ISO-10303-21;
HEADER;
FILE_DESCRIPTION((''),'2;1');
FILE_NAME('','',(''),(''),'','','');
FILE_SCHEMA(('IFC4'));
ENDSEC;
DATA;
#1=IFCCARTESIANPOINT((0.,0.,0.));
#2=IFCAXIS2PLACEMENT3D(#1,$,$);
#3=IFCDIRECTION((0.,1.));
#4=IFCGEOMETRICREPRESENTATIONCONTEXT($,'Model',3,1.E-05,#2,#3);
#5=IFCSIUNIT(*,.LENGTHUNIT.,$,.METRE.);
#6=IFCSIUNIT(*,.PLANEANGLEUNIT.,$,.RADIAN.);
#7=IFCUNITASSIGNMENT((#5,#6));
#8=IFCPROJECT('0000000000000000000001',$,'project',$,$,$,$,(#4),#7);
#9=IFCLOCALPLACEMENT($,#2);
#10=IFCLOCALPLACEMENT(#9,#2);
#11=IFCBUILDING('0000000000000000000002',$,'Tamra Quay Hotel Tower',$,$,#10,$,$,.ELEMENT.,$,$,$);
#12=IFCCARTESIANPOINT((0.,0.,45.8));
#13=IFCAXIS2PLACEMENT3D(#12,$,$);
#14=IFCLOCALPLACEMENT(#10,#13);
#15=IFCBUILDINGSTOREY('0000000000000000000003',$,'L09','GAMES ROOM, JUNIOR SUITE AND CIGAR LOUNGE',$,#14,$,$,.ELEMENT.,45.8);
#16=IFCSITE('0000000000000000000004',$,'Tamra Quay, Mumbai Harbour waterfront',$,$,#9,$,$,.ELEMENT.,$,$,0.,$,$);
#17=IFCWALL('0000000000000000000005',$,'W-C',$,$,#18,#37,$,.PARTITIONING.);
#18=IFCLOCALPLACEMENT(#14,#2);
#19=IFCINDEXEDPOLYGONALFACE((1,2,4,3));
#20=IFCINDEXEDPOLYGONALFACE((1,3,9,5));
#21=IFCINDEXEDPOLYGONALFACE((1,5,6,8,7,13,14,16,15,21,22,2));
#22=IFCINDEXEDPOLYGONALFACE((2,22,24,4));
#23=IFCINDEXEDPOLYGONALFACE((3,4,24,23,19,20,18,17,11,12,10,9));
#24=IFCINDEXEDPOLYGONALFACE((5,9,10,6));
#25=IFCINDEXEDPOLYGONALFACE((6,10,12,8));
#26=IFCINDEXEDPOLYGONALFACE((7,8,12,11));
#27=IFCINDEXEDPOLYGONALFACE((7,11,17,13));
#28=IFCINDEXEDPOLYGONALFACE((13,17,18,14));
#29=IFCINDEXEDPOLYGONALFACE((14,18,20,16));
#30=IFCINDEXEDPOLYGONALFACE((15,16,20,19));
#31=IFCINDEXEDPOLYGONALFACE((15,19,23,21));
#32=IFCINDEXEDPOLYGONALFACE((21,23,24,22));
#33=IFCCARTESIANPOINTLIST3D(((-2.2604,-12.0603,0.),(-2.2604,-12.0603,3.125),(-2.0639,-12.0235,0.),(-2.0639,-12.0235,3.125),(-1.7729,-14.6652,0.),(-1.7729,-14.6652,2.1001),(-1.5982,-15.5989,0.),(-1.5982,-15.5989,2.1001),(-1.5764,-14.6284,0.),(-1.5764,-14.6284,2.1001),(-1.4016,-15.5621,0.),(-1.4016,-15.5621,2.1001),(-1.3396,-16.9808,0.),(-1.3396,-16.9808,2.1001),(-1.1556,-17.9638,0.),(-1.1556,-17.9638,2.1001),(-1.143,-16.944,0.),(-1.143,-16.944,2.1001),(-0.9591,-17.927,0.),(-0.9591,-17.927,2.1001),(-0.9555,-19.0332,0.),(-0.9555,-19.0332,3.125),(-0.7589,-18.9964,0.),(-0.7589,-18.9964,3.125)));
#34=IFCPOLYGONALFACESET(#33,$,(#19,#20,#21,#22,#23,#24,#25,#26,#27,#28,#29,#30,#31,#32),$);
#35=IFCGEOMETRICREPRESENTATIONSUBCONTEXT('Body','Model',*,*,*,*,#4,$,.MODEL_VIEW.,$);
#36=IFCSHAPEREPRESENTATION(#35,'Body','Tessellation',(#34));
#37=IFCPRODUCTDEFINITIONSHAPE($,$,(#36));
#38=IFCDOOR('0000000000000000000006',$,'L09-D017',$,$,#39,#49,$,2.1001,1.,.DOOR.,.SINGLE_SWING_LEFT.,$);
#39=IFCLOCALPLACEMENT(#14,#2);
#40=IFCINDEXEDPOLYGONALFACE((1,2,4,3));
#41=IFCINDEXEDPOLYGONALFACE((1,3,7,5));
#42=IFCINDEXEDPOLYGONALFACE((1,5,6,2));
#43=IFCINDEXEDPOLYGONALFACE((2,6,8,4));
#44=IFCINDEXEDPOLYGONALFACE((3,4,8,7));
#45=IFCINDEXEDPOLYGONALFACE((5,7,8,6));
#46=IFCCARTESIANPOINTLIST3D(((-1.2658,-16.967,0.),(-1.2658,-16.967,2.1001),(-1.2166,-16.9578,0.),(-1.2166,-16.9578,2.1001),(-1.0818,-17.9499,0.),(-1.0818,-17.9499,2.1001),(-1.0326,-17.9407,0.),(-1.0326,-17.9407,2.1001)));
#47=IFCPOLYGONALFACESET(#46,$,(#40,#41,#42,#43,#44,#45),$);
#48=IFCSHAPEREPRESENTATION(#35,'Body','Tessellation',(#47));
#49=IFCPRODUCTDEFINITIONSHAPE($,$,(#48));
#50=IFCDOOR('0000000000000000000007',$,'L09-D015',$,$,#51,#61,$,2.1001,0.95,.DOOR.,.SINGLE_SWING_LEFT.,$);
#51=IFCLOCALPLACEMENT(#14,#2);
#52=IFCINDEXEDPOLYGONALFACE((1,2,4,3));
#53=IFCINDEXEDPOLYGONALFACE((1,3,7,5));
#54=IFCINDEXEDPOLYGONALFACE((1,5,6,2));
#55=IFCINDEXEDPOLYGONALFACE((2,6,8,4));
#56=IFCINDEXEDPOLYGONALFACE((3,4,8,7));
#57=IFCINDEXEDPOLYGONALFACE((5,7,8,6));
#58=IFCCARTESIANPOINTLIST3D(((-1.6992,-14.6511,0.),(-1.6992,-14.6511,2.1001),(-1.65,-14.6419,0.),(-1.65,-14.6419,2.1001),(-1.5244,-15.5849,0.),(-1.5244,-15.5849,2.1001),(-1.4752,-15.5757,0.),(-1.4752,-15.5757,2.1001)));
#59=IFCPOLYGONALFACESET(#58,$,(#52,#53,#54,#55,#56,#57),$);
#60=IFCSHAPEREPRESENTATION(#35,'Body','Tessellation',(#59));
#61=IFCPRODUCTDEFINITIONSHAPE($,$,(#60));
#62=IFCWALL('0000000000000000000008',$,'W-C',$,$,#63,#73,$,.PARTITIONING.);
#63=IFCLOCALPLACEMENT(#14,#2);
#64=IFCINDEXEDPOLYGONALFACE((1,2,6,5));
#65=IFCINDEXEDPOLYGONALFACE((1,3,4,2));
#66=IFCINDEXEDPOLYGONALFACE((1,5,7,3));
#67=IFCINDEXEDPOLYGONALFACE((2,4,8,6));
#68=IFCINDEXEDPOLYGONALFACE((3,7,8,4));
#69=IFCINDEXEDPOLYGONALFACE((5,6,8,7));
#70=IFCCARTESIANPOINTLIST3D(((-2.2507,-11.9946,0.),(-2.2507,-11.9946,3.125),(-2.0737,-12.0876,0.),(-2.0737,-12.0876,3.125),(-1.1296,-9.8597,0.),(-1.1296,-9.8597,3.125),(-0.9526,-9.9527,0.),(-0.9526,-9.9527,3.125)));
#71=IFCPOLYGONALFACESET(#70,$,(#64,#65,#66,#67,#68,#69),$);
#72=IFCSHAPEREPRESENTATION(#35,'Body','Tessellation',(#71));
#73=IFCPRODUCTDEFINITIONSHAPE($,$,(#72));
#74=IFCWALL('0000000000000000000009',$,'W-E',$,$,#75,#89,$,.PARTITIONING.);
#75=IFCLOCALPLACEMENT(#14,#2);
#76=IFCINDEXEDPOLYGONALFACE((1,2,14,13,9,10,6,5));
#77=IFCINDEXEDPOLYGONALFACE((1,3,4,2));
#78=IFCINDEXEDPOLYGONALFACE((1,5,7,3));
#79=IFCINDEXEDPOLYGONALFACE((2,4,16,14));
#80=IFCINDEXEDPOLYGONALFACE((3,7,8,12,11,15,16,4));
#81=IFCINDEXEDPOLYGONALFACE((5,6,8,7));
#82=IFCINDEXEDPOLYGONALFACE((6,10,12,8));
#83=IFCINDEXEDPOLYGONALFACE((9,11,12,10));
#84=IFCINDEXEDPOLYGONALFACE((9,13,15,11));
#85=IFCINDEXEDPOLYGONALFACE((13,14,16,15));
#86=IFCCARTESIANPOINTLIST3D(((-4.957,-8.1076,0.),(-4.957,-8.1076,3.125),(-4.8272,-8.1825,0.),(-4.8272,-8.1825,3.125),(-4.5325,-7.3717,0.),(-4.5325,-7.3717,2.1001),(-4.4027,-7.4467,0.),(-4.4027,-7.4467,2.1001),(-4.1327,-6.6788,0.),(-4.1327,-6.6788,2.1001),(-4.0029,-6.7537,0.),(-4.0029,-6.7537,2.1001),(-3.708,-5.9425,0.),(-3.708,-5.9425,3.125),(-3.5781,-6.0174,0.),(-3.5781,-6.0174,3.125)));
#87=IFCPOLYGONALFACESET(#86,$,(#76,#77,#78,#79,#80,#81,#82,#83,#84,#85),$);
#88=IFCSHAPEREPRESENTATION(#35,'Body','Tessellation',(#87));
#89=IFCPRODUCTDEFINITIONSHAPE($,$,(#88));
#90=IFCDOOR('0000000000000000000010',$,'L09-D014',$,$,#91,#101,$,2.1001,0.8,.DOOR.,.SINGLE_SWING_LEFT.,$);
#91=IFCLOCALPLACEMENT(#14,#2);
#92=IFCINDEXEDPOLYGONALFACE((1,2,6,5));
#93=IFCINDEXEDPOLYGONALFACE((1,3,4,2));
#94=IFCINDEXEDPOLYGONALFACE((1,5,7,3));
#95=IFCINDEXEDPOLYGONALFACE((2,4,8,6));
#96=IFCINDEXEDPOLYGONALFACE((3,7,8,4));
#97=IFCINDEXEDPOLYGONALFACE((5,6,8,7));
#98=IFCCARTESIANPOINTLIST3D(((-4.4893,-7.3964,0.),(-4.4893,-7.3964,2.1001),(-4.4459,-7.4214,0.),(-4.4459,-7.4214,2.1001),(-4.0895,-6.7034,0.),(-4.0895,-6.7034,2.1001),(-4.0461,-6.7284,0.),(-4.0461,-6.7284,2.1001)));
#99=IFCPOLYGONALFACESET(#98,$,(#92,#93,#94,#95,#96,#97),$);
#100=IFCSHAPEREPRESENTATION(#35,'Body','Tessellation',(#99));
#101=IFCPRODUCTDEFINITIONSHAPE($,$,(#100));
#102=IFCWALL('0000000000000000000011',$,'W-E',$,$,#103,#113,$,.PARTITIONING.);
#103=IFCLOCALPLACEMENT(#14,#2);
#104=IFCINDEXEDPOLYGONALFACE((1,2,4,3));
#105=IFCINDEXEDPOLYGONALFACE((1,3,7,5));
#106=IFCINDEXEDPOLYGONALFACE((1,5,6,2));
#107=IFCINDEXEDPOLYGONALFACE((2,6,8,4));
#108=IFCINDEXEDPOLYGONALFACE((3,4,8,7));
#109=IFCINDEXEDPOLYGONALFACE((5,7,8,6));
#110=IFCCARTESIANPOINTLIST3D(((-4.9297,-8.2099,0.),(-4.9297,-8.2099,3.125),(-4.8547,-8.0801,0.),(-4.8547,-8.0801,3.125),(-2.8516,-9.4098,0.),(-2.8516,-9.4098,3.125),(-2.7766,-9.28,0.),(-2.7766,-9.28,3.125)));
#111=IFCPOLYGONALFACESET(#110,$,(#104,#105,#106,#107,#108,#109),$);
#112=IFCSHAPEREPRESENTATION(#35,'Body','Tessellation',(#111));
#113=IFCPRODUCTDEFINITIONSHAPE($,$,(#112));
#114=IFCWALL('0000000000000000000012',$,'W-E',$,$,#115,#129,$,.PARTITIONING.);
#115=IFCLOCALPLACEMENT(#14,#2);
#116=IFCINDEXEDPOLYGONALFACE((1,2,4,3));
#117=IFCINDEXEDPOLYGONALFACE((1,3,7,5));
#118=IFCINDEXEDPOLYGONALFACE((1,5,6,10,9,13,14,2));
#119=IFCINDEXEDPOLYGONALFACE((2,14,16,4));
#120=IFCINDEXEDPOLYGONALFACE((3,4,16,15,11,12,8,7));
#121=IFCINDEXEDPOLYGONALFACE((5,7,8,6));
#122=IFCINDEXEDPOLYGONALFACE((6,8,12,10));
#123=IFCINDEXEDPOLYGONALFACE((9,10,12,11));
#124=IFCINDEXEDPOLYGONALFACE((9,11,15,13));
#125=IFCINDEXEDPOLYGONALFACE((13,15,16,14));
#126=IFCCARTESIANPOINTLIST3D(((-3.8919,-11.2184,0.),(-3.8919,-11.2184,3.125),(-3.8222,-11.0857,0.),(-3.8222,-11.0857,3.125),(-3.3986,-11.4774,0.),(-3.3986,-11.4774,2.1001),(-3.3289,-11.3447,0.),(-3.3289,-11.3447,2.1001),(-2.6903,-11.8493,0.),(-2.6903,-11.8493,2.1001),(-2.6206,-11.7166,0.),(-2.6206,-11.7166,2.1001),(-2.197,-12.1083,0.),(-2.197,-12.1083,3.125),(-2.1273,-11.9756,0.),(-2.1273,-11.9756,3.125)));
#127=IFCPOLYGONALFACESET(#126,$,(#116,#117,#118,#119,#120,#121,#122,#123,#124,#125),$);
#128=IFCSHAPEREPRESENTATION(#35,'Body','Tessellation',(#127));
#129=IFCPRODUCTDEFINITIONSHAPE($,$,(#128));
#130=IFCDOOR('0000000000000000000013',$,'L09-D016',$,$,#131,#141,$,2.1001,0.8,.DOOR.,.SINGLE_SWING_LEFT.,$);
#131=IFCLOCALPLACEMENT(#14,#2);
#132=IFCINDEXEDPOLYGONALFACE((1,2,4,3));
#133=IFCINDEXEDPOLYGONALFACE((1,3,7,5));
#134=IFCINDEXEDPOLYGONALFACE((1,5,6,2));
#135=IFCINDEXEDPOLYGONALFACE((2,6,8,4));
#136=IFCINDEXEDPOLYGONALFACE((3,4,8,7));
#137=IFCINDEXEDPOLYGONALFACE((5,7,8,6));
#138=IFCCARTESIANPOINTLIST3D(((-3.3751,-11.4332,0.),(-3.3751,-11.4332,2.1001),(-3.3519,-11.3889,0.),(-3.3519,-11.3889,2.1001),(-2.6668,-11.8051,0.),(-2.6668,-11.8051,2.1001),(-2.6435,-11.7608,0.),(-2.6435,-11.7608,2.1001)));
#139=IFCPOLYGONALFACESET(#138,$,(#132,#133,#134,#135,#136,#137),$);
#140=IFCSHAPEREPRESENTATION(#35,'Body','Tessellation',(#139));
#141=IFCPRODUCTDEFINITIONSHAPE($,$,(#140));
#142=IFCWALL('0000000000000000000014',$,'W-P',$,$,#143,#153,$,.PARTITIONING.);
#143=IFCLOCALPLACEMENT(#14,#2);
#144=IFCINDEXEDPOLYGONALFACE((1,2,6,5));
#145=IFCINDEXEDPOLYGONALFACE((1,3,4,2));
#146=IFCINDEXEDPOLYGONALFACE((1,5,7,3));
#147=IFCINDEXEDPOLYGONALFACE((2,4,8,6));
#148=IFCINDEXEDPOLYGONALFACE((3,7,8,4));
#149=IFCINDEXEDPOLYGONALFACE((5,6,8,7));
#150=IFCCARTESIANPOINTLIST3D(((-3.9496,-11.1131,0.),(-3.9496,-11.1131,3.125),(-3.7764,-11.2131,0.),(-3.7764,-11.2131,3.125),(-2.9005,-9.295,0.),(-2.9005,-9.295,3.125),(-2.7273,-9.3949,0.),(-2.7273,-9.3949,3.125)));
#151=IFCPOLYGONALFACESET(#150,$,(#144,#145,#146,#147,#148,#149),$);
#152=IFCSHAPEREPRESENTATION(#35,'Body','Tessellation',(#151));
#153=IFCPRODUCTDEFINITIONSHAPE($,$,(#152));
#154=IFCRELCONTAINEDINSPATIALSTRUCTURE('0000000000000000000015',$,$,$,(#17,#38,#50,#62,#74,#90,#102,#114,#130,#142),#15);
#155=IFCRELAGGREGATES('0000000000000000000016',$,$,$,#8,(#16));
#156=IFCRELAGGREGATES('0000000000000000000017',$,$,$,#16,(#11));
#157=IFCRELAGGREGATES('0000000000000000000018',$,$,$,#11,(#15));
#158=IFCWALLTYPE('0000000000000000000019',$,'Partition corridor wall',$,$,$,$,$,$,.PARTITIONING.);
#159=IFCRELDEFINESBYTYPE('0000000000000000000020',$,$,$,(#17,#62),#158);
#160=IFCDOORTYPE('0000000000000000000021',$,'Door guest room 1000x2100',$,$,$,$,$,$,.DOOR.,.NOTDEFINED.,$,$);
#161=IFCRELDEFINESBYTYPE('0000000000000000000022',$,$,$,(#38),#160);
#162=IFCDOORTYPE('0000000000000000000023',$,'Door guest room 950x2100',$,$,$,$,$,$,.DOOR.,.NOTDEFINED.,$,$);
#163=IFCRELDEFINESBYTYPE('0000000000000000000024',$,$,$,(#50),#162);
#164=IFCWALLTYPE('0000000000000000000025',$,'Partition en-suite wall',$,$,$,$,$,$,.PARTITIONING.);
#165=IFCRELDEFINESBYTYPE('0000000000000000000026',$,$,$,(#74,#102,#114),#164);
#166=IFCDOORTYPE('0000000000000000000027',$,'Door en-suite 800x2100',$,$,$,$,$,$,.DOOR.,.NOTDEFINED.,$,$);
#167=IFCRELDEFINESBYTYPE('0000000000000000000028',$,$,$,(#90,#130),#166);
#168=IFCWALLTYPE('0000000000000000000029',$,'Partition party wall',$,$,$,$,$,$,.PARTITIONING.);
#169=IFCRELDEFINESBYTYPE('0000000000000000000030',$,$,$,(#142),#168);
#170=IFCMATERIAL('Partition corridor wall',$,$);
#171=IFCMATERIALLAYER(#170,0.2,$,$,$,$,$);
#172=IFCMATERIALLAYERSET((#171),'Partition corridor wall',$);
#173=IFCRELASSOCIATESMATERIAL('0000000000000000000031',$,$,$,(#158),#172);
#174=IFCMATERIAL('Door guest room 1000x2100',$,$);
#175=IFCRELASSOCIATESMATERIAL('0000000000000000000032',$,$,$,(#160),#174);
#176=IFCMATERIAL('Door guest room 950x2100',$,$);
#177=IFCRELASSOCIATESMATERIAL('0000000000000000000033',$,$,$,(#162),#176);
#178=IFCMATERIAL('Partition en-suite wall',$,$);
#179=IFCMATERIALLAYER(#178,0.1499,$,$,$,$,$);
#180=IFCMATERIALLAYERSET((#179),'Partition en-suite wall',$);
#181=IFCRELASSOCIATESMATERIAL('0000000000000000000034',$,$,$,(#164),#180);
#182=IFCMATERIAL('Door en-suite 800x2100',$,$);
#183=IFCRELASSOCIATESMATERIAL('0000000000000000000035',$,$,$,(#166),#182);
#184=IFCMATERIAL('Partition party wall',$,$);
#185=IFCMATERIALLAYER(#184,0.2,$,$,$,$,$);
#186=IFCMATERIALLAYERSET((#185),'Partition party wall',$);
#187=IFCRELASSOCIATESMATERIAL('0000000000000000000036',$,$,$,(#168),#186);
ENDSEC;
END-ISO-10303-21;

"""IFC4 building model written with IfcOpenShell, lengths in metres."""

from ifc_helpers import new_model, si_unit, direction, frame, frame_2d, origin, place, context, subcontext, project, spatial, rectangle, extrude, material, layer, layer_set, type_object, element, fill, save


model = new_model("IFC4")

# Units and contexts
model_context = context("Model", 3, precision=1e-05, world=origin(), true_north=direction((0.0, 1.0)))
body_context = subcontext(model_context, "Body", "Model", "MODEL_VIEW")
ifc_project = project(units=[si_unit("LENGTHUNIT", "METRE"), si_unit("PLANEANGLEUNIT", "RADIAN")], contexts=[model_context])

# Site, building, storey
site_placement = place(None, origin())
site = spatial("IfcSite", under=ifc_project, at=site_placement, Name="Tamra Quay, Mumbai Harbour waterfront", CompositionType="ELEMENT", RefElevation=0.0)
building_placement = place(site_placement, origin())
building = spatial("IfcBuilding", under=site, at=building_placement, Name="Tamra Quay Hotel Tower", CompositionType="ELEMENT")
storey_placement = place(building_placement, frame((0.0, 0.0, 45.8)))
storey = spatial("IfcBuildingStorey", under=building, at=storey_placement, Name="L09", Description="GAMES ROOM, JUNIOR SUITE AND CIGAR LOUNGE", CompositionType="ELEMENT", Elevation=45.8)

# Shared definitions
ifc_material_1 = material(Name="Partition corridor wall")
ifc_layer_1 = layer(ifc_material_1, 0.2)
ifc_layer_set_1 = layer_set([ifc_layer_1], Name="Partition corridor wall")
wall_type_1 = type_object("IfcWallType", Name="Partition corridor wall", PredefinedType="PARTITIONING", material=ifc_layer_set_1)

# Wall, openings, doors
wall_1_placement = place(storey_placement, frame((-2.1621, -12.042, 0.0), z_axis=(0.0, 0.0, 1.0), x_axis=(0.18395, -0.982936, 0.0)))
wall_1 = element("IfcWall", 1, at=wall_1_placement, inside=storey, type_object=wall_type_1, Name="W-C", PredefinedType="PARTITIONING", context=body_context, shape_type="SweptSolid", body=[
    extrude(rectangle(XDim=7.094, YDim=0.2, at=frame_2d((3.5469, 0.0))), origin(), (0.0, 0.0, 1.0), 3.125),
])
opening_1_placement = place(wall_1_placement, frame((2.6499, 0.0, 0.0)))
opening_1 = element("IfcOpeningElement", 2, at=opening_1_placement, cuts=wall_1, PredefinedType="OPENING", context=body_context, shape_type="SweptSolid", body=[
    extrude(rectangle(XDim=0.95, YDim=2.1001, at=frame_2d((0.4751, 1.05))), frame((0.0, 0.1099, 0.0), z_axis=(0.0, -1.0, 0.0), x_axis=(1.0, 0.0, 0.0)), (0.0, 0.0, 1.0), 0.22),
])
opening_2_placement = place(wall_1_placement, frame((5.0059, 0.0, 0.0)))
opening_2 = element("IfcOpeningElement", 3, at=opening_2_placement, cuts=wall_1, PredefinedType="OPENING", context=body_context, shape_type="SweptSolid", body=[
    extrude(rectangle(XDim=1.0, YDim=2.1001, at=frame_2d((0.5, 1.05))), frame((0.0, 0.1099, 0.0), z_axis=(0.0, -1.0, 0.0), x_axis=(1.0, 0.0, 0.0)), (0.0, 0.0, 1.0), 0.22),
])
ifc_material_2 = material(Name="Door guest room 1000x2100")
door_type_1 = type_object("IfcDoorType", Name="Door guest room 1000x2100", OperationType="NOTDEFINED", PredefinedType="DOOR", material=ifc_material_2)
door_1_placement = place(opening_2_placement, frame((1.0, 0.0, 0.0), z_axis=(0.0, 0.0, 1.0), x_axis=(-1.0, 0.0, 0.0)))
door_1 = element("IfcDoor", 4, at=door_1_placement, inside=storey, type_object=door_type_1, Name="L09-D017", OperationType="SINGLE_SWING_LEFT", OverallHeight=2.1001, OverallWidth=1.0, PredefinedType="DOOR", context=body_context, shape_type="SweptSolid", body=[
    extrude(rectangle(XDim=1.0, YDim=2.1001, at=frame_2d((0.5, 1.05))), frame((0.0, 0.0249, 0.0), z_axis=(0.0, -1.0, 0.0), x_axis=(1.0, 0.0, 0.0)), (0.0, 0.0, 1.0), 0.05),
])
fill(opening_2, door_1)
ifc_material_3 = material(Name="Door guest room 950x2100")
door_type_2 = type_object("IfcDoorType", Name="Door guest room 950x2100", OperationType="NOTDEFINED", PredefinedType="DOOR", material=ifc_material_3)
door_2_placement = place(opening_1_placement, frame((0.95, 0.0, 0.0), z_axis=(0.0, 0.0, 1.0), x_axis=(-1.0, 0.0, 0.0)))
door_2 = element("IfcDoor", 5, at=door_2_placement, inside=storey, type_object=door_type_2, Name="L09-D015", OperationType="SINGLE_SWING_LEFT", OverallHeight=2.1001, OverallWidth=0.95, PredefinedType="DOOR", context=body_context, shape_type="SweptSolid", body=[
    extrude(rectangle(XDim=0.95, YDim=2.1001, at=frame_2d((0.4751, 1.05))), frame((0.0, 0.0249, 0.0), z_axis=(0.0, -1.0, 0.0), x_axis=(1.0, 0.0, 0.0)), (0.0, 0.0, 1.0), 0.05),
])
fill(opening_1, door_2)

# Wall
wall_2_placement = place(storey_placement, frame((-2.1621, -12.041, 0.0), z_axis=(0.0, 0.0, 1.0), x_axis=(0.464903, 0.885361, 0.0)))
element("IfcWall", 6, at=wall_2_placement, inside=storey, type_object=wall_type_1, Name="W-C", PredefinedType="PARTITIONING", context=body_context, shape_type="SweptSolid", body=[
    extrude(rectangle(XDim=2.4114, YDim=0.2, at=frame_2d((1.2056, 0.0))), origin(), (0.0, 0.0, 1.0), 3.125),
])

# Wall, opening, door
ifc_material_4 = material(Name="Partition en-suite wall")
ifc_layer_2 = layer(ifc_material_4, 0.1499)
ifc_layer_set_2 = layer_set([ifc_layer_2], Name="Partition en-suite wall")
wall_type_2 = type_object("IfcWallType", Name="Partition en-suite wall", PredefinedType="PARTITIONING", material=ifc_layer_set_2)
wall_3_placement = place(storey_placement, frame((-4.8921, -8.145, 0.0), z_axis=(0.0, 0.0, 1.0), x_axis=(0.499711, 0.866192, 0.0)))
wall_3 = element("IfcWall", 7, at=wall_3_placement, inside=storey, type_object=wall_type_2, Name="W-E", PredefinedType="PARTITIONING", context=body_context, shape_type="SweptSolid", body=[
    extrude(rectangle(XDim=2.4995, YDim=0.1499, at=frame_2d((1.2498, 0.0))), origin(), (0.0, 0.0, 1.0), 3.125),
])
opening_3_placement = place(wall_3_placement, frame((0.8496, 0.0, 0.0)))
opening_3 = element("IfcOpeningElement", 8, at=opening_3_placement, cuts=wall_3, PredefinedType="OPENING", context=body_context, shape_type="SweptSolid", body=[
    extrude(rectangle(XDim=0.8, YDim=2.1001, at=frame_2d((0.3999, 1.05))), frame((0.0, 0.085, 0.0), z_axis=(0.0, -1.0, 0.0), x_axis=(1.0, 0.0, 0.0)), (0.0, 0.0, 1.0), 0.1699),
])
ifc_material_5 = material(Name="Door en-suite 800x2100")
door_type_3 = type_object("IfcDoorType", Name="Door en-suite 800x2100", OperationType="NOTDEFINED", PredefinedType="DOOR", material=ifc_material_5)
door_3_placement = place(opening_3_placement, frame((0.8, 0.0, 0.0), z_axis=(0.0, 0.0, 1.0), x_axis=(-1.0, 0.0, 0.0)))
door_3 = element("IfcDoor", 9, at=door_3_placement, inside=storey, type_object=door_type_3, Name="L09-D014", OperationType="SINGLE_SWING_LEFT", OverallHeight=2.1001, OverallWidth=0.8, PredefinedType="DOOR", context=body_context, shape_type="SweptSolid", body=[
    extrude(rectangle(XDim=0.8, YDim=2.1001, at=frame_2d((0.3999, 1.05))), frame((0.0, 0.0249, 0.0), z_axis=(0.0, -1.0, 0.0), x_axis=(1.0, 0.0, 0.0)), (0.0, 0.0, 1.0), 0.05),
])
fill(opening_3, door_3)

# Wall
wall_4_placement = place(storey_placement, frame((-4.8921, -8.145, 0.0), z_axis=(0.0, 0.0, 1.0), x_axis=(0.865999, -0.500045, 0.0)))
element("IfcWall", 10, at=wall_4_placement, inside=storey, type_object=wall_type_2, Name="W-E", PredefinedType="PARTITIONING", context=body_context, shape_type="SweptSolid", body=[
    extrude(rectangle(XDim=2.3997, YDim=0.1499, at=frame_2d((1.1997, 0.0))), origin(), (0.0, 0.0, 1.0), 3.125),
])

# Wall, opening, door
wall_5_placement = place(storey_placement, frame((-3.8569, -11.1521, 0.0), z_axis=(0.0, 0.0, 1.0), x_axis=(0.885374, -0.464879, 0.0)))
wall_5 = element("IfcWall", 11, at=wall_5_placement, inside=storey, type_object=wall_type_2, Name="W-E", PredefinedType="PARTITIONING", context=body_context, shape_type="SweptSolid", body=[
    extrude(rectangle(XDim=1.9143, YDim=0.1499, at=frame_2d((0.957, 0.0))), origin(), (0.0, 0.0, 1.0), 3.125),
])
opening_4_placement = place(wall_5_placement, frame((0.5571, 0.0, 0.0)))
opening_4 = element("IfcOpeningElement", 12, at=opening_4_placement, cuts=wall_5, PredefinedType="OPENING", context=body_context, shape_type="SweptSolid", body=[
    extrude(rectangle(XDim=0.8, YDim=2.1001, at=frame_2d((0.3999, 1.05))), frame((0.0, 0.085, 0.0), z_axis=(0.0, -1.0, 0.0), x_axis=(1.0, 0.0, 0.0)), (0.0, 0.0, 1.0), 0.1699),
])
door_4_placement = place(opening_4_placement, frame((0.8, 0.0, 0.0), z_axis=(0.0, 0.0, 1.0), x_axis=(-1.0, 0.0, 0.0)))
door_4 = element("IfcDoor", 13, at=door_4_placement, inside=storey, type_object=door_type_3, Name="L09-D016", OperationType="SINGLE_SWING_LEFT", OverallHeight=2.1001, OverallWidth=0.8, PredefinedType="DOOR", context=body_context, shape_type="SweptSolid", body=[
    extrude(rectangle(XDim=0.8, YDim=2.1001, at=frame_2d((0.3999, 1.05))), frame((0.0, 0.0249, 0.0), z_axis=(0.0, -1.0, 0.0), x_axis=(1.0, 0.0, 0.0)), (0.0, 0.0, 1.0), 0.05),
])
fill(opening_4, door_4)

# Wall
ifc_material_6 = material(Name="Partition party wall")
ifc_layer_3 = layer(ifc_material_6, 0.2)
ifc_layer_set_3 = layer_set([ifc_layer_3], Name="Partition party wall")
wall_type_3 = type_object("IfcWallType", Name="Partition party wall", PredefinedType="PARTITIONING", material=ifc_layer_set_3)
wall_6_placement = place(storey_placement, frame((-3.863, -11.1631, 0.0), z_axis=(0.0, 0.0, 1.0), x_axis=(0.49978, 0.866153, 0.0)))
element("IfcWall", 14, at=wall_6_placement, inside=storey, type_object=wall_type_3, Name="W-P", PredefinedType="PARTITIONING", context=body_context, shape_type="SweptSolid", body=[
    extrude(rectangle(XDim=2.0991, YDim=0.2, at=frame_2d((1.0496, 0.0))), origin(), (0.0, 0.0, 1.0), 3.125),
])

save(model, "model.ifc")
